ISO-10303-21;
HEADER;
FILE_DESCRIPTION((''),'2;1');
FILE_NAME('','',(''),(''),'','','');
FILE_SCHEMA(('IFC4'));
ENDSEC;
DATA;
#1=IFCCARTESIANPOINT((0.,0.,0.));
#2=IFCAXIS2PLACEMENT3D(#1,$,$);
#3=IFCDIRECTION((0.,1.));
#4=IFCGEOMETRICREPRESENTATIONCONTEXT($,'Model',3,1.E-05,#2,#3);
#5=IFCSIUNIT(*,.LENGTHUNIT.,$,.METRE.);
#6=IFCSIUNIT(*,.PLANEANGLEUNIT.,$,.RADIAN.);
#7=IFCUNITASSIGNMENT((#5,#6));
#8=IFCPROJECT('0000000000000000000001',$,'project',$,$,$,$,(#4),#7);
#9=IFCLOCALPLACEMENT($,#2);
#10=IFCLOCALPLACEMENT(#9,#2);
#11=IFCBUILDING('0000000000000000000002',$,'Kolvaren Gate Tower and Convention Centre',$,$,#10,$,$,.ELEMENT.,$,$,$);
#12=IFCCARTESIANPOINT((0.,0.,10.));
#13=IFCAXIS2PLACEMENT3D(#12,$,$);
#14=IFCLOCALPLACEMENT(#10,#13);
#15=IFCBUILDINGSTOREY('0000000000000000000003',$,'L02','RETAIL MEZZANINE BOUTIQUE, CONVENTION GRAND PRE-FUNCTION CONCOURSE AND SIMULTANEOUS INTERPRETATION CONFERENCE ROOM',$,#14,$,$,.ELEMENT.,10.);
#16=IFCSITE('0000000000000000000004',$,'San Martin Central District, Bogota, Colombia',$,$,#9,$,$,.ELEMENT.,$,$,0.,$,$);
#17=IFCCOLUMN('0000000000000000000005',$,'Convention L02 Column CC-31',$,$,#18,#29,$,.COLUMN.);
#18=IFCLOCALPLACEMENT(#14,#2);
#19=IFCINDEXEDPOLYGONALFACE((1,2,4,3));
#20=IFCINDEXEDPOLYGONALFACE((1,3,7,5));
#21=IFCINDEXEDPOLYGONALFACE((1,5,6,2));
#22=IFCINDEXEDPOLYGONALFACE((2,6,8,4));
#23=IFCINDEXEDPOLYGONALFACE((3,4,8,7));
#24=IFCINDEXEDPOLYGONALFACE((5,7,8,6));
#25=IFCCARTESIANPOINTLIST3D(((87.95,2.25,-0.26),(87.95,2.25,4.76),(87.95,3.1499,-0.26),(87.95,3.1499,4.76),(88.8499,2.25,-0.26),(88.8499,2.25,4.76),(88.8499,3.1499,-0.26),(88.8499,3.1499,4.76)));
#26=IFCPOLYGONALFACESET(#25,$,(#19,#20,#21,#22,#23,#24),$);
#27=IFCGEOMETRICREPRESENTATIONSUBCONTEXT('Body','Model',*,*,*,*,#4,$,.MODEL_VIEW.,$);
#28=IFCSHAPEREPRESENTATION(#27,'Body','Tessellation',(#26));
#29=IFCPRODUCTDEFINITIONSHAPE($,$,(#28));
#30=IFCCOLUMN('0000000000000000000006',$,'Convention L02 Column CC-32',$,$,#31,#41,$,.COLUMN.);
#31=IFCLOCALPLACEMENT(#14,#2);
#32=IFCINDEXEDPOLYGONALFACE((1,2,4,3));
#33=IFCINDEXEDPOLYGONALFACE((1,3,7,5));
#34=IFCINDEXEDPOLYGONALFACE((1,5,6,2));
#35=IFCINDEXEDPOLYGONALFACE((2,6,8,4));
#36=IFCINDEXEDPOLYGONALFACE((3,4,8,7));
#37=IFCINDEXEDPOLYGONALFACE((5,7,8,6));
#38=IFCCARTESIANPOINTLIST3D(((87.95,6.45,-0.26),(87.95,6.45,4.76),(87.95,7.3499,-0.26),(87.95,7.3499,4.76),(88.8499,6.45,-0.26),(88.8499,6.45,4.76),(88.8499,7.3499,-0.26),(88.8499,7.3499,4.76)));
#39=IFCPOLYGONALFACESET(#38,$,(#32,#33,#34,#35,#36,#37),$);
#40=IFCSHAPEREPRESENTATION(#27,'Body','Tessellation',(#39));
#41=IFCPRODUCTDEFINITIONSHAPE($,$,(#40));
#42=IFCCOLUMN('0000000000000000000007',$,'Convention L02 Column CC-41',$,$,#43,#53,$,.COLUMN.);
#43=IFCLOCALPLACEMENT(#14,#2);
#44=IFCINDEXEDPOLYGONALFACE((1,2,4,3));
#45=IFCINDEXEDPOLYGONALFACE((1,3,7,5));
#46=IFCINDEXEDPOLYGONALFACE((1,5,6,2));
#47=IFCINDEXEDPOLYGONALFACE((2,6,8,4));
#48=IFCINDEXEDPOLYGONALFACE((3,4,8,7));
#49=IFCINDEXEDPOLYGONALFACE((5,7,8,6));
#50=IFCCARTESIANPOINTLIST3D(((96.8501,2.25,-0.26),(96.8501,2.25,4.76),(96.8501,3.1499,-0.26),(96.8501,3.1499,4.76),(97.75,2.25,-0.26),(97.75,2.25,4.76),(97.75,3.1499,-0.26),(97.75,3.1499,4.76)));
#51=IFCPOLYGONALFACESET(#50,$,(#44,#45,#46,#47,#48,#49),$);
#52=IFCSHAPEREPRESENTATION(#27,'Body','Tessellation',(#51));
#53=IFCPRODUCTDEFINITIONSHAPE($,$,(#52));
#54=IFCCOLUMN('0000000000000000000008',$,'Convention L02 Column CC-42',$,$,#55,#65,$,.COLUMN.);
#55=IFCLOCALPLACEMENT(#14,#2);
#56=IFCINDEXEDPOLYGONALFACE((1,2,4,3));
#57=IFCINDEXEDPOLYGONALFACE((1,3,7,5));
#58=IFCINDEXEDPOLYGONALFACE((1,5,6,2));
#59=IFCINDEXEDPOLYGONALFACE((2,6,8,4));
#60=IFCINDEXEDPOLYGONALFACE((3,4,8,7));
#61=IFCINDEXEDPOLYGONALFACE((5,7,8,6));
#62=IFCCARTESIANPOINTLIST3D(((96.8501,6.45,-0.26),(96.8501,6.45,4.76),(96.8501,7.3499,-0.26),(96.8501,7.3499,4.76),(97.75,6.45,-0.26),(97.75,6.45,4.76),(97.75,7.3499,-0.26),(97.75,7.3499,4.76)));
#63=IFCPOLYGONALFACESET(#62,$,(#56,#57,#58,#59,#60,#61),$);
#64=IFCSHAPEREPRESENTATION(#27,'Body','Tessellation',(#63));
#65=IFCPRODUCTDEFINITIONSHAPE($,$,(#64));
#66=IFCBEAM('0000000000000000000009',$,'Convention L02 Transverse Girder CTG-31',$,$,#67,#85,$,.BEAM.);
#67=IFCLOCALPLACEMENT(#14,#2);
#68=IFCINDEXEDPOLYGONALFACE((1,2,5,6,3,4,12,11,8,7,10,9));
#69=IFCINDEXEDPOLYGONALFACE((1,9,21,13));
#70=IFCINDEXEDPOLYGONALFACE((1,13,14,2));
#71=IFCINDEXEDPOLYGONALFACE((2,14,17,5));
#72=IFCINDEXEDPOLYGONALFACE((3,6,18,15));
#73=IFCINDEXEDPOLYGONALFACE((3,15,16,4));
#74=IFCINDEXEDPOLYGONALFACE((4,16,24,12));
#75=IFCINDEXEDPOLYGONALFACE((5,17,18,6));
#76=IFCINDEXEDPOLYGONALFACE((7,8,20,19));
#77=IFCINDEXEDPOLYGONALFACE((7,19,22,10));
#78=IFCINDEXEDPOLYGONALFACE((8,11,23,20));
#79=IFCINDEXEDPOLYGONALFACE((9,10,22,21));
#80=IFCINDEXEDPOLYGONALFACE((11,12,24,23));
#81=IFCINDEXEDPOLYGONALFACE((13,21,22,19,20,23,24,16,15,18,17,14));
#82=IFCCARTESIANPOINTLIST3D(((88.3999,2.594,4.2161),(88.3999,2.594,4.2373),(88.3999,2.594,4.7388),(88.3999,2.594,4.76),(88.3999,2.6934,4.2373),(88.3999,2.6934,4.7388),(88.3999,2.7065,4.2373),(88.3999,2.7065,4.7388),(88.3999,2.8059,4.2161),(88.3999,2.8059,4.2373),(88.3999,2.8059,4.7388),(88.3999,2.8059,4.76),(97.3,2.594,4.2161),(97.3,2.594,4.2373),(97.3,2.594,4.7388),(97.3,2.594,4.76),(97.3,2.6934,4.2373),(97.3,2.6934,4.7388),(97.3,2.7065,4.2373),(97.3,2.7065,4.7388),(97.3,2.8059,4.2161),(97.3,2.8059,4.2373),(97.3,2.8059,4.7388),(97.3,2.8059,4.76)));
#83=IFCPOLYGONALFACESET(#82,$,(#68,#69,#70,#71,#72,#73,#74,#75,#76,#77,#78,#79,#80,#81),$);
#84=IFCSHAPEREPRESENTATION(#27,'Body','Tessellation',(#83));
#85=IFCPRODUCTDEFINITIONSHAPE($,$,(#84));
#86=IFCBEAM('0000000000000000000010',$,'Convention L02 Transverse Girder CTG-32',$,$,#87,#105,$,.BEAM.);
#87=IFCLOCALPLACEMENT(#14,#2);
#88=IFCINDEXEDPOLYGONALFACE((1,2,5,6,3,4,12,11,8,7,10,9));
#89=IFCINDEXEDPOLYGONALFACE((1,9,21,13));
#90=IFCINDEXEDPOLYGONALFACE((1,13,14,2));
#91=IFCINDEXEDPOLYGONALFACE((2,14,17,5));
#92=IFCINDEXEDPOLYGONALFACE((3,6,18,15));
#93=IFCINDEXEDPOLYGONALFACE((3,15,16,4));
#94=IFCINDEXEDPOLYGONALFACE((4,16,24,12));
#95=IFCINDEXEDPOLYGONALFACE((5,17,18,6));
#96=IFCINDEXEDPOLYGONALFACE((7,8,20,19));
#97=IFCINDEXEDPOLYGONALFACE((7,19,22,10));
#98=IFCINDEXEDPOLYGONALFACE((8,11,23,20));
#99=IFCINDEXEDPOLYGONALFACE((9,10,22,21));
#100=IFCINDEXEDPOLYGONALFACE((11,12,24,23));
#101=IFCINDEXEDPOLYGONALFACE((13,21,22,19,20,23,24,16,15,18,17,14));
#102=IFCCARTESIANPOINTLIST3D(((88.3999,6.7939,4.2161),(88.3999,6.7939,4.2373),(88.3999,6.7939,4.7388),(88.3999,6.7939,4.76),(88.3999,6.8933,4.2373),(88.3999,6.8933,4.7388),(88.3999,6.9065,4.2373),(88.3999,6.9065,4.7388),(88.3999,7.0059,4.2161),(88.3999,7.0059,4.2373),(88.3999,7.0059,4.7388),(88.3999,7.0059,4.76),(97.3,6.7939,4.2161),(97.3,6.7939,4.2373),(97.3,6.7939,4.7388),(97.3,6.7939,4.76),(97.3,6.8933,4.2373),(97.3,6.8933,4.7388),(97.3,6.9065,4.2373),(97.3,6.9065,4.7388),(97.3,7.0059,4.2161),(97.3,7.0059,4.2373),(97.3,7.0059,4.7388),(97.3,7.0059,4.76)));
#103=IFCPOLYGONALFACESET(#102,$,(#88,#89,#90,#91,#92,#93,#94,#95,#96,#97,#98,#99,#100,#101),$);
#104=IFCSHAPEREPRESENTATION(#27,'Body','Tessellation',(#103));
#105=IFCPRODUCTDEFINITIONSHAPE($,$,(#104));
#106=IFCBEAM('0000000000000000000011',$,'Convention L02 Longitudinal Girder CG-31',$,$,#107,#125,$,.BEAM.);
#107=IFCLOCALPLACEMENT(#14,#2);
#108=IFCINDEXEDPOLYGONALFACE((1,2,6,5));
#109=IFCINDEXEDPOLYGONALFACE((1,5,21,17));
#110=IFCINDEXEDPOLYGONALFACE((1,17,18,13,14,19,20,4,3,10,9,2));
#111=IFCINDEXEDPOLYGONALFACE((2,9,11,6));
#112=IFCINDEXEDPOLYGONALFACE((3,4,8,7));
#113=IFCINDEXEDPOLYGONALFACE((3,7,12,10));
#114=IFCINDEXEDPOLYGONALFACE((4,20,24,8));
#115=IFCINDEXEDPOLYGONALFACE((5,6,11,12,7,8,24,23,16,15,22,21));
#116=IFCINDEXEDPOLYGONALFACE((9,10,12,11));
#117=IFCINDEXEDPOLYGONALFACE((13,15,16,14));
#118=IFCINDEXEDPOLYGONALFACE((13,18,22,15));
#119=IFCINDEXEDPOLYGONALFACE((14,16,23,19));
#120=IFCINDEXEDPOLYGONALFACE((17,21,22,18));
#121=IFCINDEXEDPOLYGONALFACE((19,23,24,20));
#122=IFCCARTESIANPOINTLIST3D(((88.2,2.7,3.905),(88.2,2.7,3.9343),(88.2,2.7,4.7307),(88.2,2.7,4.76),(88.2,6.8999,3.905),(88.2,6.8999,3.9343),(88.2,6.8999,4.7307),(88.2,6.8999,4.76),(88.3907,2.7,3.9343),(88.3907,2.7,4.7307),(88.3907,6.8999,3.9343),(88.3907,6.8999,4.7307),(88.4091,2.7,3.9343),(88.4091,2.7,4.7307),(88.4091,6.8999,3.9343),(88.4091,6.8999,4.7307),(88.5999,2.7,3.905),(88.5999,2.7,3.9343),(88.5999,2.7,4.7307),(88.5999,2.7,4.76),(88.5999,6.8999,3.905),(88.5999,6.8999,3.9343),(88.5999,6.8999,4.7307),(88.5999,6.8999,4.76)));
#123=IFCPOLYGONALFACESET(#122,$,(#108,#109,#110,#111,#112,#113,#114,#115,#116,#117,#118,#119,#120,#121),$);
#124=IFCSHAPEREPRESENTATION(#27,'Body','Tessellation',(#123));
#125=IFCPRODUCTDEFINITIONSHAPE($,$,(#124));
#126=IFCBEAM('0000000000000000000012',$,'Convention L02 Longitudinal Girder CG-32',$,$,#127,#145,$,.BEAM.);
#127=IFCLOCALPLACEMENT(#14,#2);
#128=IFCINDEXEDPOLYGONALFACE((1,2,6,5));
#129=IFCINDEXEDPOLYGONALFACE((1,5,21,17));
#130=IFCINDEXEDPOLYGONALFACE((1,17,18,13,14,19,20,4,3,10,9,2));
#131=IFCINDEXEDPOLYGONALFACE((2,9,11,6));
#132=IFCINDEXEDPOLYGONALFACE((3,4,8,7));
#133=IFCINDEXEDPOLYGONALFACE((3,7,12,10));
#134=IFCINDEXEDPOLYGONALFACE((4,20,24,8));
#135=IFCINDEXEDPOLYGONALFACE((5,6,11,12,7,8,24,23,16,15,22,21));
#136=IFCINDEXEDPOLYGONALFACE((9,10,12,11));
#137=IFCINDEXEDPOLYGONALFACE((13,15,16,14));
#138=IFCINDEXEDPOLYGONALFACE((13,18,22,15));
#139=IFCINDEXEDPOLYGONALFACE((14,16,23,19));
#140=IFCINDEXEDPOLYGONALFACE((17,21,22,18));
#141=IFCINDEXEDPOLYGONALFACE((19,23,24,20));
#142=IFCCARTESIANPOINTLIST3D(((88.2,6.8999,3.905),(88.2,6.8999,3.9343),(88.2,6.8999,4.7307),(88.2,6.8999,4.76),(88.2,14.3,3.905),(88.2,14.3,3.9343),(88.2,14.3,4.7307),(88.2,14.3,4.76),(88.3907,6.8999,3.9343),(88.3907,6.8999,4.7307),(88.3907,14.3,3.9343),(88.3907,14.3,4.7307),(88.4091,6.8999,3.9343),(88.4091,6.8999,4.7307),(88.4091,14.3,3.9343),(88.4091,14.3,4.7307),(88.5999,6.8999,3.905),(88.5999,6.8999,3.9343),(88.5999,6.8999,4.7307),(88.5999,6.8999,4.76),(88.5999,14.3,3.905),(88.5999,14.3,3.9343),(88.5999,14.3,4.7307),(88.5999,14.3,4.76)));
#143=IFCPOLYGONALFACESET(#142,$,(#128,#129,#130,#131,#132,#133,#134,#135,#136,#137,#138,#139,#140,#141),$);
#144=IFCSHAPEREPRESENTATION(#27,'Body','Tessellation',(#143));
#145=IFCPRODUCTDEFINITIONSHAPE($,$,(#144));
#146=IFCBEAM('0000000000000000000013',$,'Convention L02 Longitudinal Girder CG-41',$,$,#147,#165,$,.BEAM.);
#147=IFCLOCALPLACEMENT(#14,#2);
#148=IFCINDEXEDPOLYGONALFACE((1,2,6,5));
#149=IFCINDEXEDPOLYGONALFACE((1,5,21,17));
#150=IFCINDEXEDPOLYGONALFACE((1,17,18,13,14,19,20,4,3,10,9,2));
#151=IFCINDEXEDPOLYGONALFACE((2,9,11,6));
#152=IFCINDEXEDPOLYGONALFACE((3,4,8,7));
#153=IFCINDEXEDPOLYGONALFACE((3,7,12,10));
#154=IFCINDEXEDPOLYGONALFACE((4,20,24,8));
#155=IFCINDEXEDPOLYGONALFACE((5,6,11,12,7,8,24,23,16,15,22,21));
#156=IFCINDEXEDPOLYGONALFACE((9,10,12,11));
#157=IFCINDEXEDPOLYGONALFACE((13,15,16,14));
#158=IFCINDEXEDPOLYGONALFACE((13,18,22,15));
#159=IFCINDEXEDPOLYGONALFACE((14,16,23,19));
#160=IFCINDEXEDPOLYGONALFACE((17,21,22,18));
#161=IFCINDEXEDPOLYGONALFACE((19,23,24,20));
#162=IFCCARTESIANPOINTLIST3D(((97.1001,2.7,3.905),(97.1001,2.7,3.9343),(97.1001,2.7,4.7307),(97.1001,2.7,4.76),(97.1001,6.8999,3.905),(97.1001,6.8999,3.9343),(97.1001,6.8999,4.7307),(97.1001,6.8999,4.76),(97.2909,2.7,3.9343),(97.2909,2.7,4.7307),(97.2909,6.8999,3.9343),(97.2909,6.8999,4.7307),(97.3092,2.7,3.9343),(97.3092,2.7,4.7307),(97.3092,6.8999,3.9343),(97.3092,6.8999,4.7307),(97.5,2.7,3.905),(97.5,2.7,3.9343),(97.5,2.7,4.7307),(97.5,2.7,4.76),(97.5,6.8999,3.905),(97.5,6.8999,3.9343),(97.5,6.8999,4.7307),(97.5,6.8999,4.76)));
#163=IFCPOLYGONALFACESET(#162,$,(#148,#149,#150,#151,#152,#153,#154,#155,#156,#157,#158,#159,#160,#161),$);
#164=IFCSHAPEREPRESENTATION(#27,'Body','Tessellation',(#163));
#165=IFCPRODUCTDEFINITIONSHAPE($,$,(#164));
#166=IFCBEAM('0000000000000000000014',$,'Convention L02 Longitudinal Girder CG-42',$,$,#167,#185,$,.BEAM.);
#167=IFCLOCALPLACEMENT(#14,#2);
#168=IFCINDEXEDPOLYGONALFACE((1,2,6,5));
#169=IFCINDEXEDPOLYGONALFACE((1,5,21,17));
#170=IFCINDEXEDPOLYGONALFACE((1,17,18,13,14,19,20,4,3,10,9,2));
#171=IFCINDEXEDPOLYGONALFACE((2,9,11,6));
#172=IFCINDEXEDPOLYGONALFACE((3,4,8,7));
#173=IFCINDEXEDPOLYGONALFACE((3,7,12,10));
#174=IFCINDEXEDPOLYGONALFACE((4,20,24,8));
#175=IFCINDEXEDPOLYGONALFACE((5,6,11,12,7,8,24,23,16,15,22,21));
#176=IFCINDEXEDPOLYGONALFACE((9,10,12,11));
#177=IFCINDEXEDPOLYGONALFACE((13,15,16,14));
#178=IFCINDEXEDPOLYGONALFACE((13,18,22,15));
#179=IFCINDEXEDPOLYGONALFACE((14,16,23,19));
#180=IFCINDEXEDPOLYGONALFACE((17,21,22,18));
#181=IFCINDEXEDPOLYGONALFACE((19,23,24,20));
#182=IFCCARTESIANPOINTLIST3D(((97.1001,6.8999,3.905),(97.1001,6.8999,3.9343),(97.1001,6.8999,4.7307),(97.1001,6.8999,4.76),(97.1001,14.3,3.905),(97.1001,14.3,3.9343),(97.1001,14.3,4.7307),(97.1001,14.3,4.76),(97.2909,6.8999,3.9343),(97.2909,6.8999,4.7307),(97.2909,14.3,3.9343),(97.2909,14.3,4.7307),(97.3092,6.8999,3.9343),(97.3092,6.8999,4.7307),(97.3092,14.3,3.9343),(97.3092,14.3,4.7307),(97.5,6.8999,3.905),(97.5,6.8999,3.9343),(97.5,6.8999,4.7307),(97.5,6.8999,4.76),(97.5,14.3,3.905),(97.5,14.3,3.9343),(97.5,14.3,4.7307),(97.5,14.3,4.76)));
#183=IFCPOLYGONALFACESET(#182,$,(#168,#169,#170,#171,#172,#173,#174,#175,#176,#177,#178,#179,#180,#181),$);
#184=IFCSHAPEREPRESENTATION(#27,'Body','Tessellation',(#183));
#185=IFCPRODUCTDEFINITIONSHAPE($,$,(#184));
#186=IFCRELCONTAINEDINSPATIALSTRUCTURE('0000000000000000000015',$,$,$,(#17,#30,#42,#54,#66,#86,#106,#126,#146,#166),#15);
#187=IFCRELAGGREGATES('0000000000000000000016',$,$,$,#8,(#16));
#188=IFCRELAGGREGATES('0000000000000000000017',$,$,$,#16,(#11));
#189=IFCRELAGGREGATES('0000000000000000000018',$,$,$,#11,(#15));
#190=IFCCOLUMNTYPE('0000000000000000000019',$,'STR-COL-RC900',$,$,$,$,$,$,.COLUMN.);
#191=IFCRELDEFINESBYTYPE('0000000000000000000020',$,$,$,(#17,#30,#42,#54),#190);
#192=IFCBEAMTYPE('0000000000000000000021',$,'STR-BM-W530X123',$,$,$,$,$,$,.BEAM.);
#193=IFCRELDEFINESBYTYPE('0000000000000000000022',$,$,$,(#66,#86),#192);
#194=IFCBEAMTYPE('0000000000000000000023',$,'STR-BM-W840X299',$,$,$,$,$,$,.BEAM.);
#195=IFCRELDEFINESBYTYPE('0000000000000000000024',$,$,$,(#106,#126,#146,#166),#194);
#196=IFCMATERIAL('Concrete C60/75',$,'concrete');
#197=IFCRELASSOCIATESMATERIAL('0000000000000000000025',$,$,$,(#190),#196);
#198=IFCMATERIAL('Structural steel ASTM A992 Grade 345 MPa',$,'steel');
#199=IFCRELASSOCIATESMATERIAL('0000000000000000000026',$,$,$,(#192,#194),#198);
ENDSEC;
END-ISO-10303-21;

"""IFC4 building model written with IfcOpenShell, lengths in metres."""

from ifc_helpers import new_model, si_unit, direction, frame, origin, origin_2d, place, context, subcontext, project, spatial, rectangle, i_section, extrude, material, material_profile, profile_set, type_object, element, save


model = new_model("IFC4")

# Units and contexts
model_context = context("Model", 3, precision=1e-05, world=origin(), true_north=direction((0.0, 1.0)))
body_context = subcontext(model_context, "Body", "Model", "MODEL_VIEW")
ifc_project = project(units=[si_unit("LENGTHUNIT", "METRE"), si_unit("PLANEANGLEUNIT", "RADIAN")], contexts=[model_context])

# Site, building, storey
site_placement = place(None, origin())
site = spatial("IfcSite", under=ifc_project, at=site_placement, Name="San Martin Central District, Bogota, Colombia", CompositionType="ELEMENT", RefElevation=0.0)
building_placement = place(site_placement, origin())
building = spatial("IfcBuilding", under=site, at=building_placement, Name="Kolvaren Gate Tower and Convention Centre", CompositionType="ELEMENT")
storey_placement = place(building_placement, frame((0.0, 0.0, 10.0)))
storey = spatial("IfcBuildingStorey", under=building, at=storey_placement, Name="L02", Description="RETAIL MEZZANINE BOUTIQUE, CONVENTION GRAND PRE-FUNCTION CONCOURSE AND SIMULTANEOUS INTERPRETATION CONFERENCE ROOM", CompositionType="ELEMENT", Elevation=10.0)

# Columns
ifc_material_1 = material(Name="Concrete C60/75", Category="concrete")
ifc_material_profile_1 = material_profile(ifc_material_1, rectangle(XDim=0.8999, YDim=0.8999, at=origin_2d()), Name="RC-COL-900X900")
ifc_profile_set_1 = profile_set([ifc_material_profile_1], Name="Concrete C60/75")
column_type = type_object("IfcColumnType", Name="STR-COL-RC900", PredefinedType="COLUMN", material=ifc_profile_set_1)
for number, where, z_axis, x_axis, name in (
    (1, (88.3999, 2.7, -0.26), (0.0, 0.0, 1.0), (1.0, 0.0, 0.0), "Convention L02 Column CC-31"),
    (2, (88.3999, 6.8999, -0.26), (0.0, 0.0, 1.0), (1.0, 0.0, 0.0), "Convention L02 Column CC-32"),
    (3, (97.3, 2.7, -0.26), (0.0, 0.0, 1.0), (1.0, 0.0, 0.0), "Convention L02 Column CC-41"),
    (4, (97.3, 6.8999, -0.26), (0.0, 0.0, 1.0), (1.0, 0.0, 0.0), "Convention L02 Column CC-42"),
):
    element("IfcColumn", number, at=place(storey_placement, frame(where, z_axis=z_axis, x_axis=x_axis)), inside=storey, type_object=column_type, Name=name, PredefinedType="COLUMN", context=body_context, shape_type="SweptSolid", body=[
        extrude(rectangle(XDim=0.8999, YDim=0.8999, at=origin_2d()), origin(), (0.0, 0.0, 1.0), 5.02),
    ])

# Beams
ifc_material_2 = material(Name="Structural steel ASTM A992 Grade 345 MPa", Category="steel")
ifc_material_profile_2 = material_profile(ifc_material_2, i_section(OverallWidth=0.2119, OverallDepth=0.5439, WebThickness=0.0132, FlangeThickness=0.0212, at=origin_2d()), Name="W530X123")
ifc_profile_set_2 = profile_set([ifc_material_profile_2], Name="Structural steel ASTM A992 Grade 345 MPa")
beam_type_1 = type_object("IfcBeamType", Name="STR-BM-W530X123", PredefinedType="BEAM", material=ifc_profile_set_2)
for number, where, z_axis, x_axis, name in (
    (5, (88.3999, 2.7, 4.488), (1.0, 0.0, 0.0), (0.0, 1.0, 0.0), "Convention L02 Transverse Girder CTG-31"),
    (6, (88.3999, 6.8999, 4.488), (1.0, 0.0, 0.0), (0.0, 1.0, 0.0), "Convention L02 Transverse Girder CTG-32"),
):
    element("IfcBeam", number, at=place(storey_placement, frame(where, z_axis=z_axis, x_axis=x_axis)), inside=storey, type_object=beam_type_1, Name=name, PredefinedType="BEAM", context=body_context, shape_type="SweptSolid", body=[
        extrude(i_section(OverallWidth=0.2119, OverallDepth=0.5439, WebThickness=0.0132, FlangeThickness=0.0212, at=origin_2d()), origin(), (0.0, 0.0, 1.0), 8.9001),
    ])
ifc_material_profile_3 = material_profile(ifc_material_2, i_section(OverallWidth=0.3999, OverallDepth=0.855, WebThickness=0.0183, FlangeThickness=0.0293, at=origin_2d()), Name="W840X299")
ifc_profile_set_3 = profile_set([ifc_material_profile_3], Name="Structural steel ASTM A992 Grade 345 MPa")
beam_type_2 = type_object("IfcBeamType", Name="STR-BM-W840X299", PredefinedType="BEAM", material=ifc_profile_set_3)
beam_1_placement = place(storey_placement, frame((88.3999, 2.7, 4.3325), z_axis=(0.0, 1.0, 0.0), x_axis=(-1.0, 0.0, 0.0)))
element("IfcBeam", 7, at=beam_1_placement, inside=storey, type_object=beam_type_2, Name="Convention L02 Longitudinal Girder CG-31", PredefinedType="BEAM", context=body_context, shape_type="SweptSolid", body=[
    extrude(i_section(OverallWidth=0.3999, OverallDepth=0.855, WebThickness=0.0183, FlangeThickness=0.0293, at=origin_2d()), origin(), (0.0, 0.0, 1.0), 4.2),
])
beam_2_placement = place(storey_placement, frame((88.3999, 6.8999, 4.3325), z_axis=(0.0, 1.0, 0.0), x_axis=(-1.0, 0.0, 0.0)))
element("IfcBeam", 8, at=beam_2_placement, inside=storey, type_object=beam_type_2, Name="Convention L02 Longitudinal Girder CG-32", PredefinedType="BEAM", context=body_context, shape_type="SweptSolid", body=[
    extrude(i_section(OverallWidth=0.3999, OverallDepth=0.855, WebThickness=0.0183, FlangeThickness=0.0293, at=origin_2d()), origin(), (0.0, 0.0, 1.0), 7.4001),
])
beam_3_placement = place(storey_placement, frame((97.3, 2.7, 4.3325), z_axis=(0.0, 1.0, 0.0), x_axis=(-1.0, 0.0, 0.0)))
element("IfcBeam", 9, at=beam_3_placement, inside=storey, type_object=beam_type_2, Name="Convention L02 Longitudinal Girder CG-41", PredefinedType="BEAM", context=body_context, shape_type="SweptSolid", body=[
    extrude(i_section(OverallWidth=0.3999, OverallDepth=0.855, WebThickness=0.0183, FlangeThickness=0.0293, at=origin_2d()), origin(), (0.0, 0.0, 1.0), 4.2),
])
beam_4_placement = place(storey_placement, frame((97.3, 6.8999, 4.3325), z_axis=(0.0, 1.0, 0.0), x_axis=(-1.0, 0.0, 0.0)))
element("IfcBeam", 10, at=beam_4_placement, inside=storey, type_object=beam_type_2, Name="Convention L02 Longitudinal Girder CG-42", PredefinedType="BEAM", context=body_context, shape_type="SweptSolid", body=[
    extrude(i_section(OverallWidth=0.3999, OverallDepth=0.855, WebThickness=0.0183, FlangeThickness=0.0293, at=origin_2d()), origin(), (0.0, 0.0, 1.0), 7.4001),
])

save(model, "model.ifc")
